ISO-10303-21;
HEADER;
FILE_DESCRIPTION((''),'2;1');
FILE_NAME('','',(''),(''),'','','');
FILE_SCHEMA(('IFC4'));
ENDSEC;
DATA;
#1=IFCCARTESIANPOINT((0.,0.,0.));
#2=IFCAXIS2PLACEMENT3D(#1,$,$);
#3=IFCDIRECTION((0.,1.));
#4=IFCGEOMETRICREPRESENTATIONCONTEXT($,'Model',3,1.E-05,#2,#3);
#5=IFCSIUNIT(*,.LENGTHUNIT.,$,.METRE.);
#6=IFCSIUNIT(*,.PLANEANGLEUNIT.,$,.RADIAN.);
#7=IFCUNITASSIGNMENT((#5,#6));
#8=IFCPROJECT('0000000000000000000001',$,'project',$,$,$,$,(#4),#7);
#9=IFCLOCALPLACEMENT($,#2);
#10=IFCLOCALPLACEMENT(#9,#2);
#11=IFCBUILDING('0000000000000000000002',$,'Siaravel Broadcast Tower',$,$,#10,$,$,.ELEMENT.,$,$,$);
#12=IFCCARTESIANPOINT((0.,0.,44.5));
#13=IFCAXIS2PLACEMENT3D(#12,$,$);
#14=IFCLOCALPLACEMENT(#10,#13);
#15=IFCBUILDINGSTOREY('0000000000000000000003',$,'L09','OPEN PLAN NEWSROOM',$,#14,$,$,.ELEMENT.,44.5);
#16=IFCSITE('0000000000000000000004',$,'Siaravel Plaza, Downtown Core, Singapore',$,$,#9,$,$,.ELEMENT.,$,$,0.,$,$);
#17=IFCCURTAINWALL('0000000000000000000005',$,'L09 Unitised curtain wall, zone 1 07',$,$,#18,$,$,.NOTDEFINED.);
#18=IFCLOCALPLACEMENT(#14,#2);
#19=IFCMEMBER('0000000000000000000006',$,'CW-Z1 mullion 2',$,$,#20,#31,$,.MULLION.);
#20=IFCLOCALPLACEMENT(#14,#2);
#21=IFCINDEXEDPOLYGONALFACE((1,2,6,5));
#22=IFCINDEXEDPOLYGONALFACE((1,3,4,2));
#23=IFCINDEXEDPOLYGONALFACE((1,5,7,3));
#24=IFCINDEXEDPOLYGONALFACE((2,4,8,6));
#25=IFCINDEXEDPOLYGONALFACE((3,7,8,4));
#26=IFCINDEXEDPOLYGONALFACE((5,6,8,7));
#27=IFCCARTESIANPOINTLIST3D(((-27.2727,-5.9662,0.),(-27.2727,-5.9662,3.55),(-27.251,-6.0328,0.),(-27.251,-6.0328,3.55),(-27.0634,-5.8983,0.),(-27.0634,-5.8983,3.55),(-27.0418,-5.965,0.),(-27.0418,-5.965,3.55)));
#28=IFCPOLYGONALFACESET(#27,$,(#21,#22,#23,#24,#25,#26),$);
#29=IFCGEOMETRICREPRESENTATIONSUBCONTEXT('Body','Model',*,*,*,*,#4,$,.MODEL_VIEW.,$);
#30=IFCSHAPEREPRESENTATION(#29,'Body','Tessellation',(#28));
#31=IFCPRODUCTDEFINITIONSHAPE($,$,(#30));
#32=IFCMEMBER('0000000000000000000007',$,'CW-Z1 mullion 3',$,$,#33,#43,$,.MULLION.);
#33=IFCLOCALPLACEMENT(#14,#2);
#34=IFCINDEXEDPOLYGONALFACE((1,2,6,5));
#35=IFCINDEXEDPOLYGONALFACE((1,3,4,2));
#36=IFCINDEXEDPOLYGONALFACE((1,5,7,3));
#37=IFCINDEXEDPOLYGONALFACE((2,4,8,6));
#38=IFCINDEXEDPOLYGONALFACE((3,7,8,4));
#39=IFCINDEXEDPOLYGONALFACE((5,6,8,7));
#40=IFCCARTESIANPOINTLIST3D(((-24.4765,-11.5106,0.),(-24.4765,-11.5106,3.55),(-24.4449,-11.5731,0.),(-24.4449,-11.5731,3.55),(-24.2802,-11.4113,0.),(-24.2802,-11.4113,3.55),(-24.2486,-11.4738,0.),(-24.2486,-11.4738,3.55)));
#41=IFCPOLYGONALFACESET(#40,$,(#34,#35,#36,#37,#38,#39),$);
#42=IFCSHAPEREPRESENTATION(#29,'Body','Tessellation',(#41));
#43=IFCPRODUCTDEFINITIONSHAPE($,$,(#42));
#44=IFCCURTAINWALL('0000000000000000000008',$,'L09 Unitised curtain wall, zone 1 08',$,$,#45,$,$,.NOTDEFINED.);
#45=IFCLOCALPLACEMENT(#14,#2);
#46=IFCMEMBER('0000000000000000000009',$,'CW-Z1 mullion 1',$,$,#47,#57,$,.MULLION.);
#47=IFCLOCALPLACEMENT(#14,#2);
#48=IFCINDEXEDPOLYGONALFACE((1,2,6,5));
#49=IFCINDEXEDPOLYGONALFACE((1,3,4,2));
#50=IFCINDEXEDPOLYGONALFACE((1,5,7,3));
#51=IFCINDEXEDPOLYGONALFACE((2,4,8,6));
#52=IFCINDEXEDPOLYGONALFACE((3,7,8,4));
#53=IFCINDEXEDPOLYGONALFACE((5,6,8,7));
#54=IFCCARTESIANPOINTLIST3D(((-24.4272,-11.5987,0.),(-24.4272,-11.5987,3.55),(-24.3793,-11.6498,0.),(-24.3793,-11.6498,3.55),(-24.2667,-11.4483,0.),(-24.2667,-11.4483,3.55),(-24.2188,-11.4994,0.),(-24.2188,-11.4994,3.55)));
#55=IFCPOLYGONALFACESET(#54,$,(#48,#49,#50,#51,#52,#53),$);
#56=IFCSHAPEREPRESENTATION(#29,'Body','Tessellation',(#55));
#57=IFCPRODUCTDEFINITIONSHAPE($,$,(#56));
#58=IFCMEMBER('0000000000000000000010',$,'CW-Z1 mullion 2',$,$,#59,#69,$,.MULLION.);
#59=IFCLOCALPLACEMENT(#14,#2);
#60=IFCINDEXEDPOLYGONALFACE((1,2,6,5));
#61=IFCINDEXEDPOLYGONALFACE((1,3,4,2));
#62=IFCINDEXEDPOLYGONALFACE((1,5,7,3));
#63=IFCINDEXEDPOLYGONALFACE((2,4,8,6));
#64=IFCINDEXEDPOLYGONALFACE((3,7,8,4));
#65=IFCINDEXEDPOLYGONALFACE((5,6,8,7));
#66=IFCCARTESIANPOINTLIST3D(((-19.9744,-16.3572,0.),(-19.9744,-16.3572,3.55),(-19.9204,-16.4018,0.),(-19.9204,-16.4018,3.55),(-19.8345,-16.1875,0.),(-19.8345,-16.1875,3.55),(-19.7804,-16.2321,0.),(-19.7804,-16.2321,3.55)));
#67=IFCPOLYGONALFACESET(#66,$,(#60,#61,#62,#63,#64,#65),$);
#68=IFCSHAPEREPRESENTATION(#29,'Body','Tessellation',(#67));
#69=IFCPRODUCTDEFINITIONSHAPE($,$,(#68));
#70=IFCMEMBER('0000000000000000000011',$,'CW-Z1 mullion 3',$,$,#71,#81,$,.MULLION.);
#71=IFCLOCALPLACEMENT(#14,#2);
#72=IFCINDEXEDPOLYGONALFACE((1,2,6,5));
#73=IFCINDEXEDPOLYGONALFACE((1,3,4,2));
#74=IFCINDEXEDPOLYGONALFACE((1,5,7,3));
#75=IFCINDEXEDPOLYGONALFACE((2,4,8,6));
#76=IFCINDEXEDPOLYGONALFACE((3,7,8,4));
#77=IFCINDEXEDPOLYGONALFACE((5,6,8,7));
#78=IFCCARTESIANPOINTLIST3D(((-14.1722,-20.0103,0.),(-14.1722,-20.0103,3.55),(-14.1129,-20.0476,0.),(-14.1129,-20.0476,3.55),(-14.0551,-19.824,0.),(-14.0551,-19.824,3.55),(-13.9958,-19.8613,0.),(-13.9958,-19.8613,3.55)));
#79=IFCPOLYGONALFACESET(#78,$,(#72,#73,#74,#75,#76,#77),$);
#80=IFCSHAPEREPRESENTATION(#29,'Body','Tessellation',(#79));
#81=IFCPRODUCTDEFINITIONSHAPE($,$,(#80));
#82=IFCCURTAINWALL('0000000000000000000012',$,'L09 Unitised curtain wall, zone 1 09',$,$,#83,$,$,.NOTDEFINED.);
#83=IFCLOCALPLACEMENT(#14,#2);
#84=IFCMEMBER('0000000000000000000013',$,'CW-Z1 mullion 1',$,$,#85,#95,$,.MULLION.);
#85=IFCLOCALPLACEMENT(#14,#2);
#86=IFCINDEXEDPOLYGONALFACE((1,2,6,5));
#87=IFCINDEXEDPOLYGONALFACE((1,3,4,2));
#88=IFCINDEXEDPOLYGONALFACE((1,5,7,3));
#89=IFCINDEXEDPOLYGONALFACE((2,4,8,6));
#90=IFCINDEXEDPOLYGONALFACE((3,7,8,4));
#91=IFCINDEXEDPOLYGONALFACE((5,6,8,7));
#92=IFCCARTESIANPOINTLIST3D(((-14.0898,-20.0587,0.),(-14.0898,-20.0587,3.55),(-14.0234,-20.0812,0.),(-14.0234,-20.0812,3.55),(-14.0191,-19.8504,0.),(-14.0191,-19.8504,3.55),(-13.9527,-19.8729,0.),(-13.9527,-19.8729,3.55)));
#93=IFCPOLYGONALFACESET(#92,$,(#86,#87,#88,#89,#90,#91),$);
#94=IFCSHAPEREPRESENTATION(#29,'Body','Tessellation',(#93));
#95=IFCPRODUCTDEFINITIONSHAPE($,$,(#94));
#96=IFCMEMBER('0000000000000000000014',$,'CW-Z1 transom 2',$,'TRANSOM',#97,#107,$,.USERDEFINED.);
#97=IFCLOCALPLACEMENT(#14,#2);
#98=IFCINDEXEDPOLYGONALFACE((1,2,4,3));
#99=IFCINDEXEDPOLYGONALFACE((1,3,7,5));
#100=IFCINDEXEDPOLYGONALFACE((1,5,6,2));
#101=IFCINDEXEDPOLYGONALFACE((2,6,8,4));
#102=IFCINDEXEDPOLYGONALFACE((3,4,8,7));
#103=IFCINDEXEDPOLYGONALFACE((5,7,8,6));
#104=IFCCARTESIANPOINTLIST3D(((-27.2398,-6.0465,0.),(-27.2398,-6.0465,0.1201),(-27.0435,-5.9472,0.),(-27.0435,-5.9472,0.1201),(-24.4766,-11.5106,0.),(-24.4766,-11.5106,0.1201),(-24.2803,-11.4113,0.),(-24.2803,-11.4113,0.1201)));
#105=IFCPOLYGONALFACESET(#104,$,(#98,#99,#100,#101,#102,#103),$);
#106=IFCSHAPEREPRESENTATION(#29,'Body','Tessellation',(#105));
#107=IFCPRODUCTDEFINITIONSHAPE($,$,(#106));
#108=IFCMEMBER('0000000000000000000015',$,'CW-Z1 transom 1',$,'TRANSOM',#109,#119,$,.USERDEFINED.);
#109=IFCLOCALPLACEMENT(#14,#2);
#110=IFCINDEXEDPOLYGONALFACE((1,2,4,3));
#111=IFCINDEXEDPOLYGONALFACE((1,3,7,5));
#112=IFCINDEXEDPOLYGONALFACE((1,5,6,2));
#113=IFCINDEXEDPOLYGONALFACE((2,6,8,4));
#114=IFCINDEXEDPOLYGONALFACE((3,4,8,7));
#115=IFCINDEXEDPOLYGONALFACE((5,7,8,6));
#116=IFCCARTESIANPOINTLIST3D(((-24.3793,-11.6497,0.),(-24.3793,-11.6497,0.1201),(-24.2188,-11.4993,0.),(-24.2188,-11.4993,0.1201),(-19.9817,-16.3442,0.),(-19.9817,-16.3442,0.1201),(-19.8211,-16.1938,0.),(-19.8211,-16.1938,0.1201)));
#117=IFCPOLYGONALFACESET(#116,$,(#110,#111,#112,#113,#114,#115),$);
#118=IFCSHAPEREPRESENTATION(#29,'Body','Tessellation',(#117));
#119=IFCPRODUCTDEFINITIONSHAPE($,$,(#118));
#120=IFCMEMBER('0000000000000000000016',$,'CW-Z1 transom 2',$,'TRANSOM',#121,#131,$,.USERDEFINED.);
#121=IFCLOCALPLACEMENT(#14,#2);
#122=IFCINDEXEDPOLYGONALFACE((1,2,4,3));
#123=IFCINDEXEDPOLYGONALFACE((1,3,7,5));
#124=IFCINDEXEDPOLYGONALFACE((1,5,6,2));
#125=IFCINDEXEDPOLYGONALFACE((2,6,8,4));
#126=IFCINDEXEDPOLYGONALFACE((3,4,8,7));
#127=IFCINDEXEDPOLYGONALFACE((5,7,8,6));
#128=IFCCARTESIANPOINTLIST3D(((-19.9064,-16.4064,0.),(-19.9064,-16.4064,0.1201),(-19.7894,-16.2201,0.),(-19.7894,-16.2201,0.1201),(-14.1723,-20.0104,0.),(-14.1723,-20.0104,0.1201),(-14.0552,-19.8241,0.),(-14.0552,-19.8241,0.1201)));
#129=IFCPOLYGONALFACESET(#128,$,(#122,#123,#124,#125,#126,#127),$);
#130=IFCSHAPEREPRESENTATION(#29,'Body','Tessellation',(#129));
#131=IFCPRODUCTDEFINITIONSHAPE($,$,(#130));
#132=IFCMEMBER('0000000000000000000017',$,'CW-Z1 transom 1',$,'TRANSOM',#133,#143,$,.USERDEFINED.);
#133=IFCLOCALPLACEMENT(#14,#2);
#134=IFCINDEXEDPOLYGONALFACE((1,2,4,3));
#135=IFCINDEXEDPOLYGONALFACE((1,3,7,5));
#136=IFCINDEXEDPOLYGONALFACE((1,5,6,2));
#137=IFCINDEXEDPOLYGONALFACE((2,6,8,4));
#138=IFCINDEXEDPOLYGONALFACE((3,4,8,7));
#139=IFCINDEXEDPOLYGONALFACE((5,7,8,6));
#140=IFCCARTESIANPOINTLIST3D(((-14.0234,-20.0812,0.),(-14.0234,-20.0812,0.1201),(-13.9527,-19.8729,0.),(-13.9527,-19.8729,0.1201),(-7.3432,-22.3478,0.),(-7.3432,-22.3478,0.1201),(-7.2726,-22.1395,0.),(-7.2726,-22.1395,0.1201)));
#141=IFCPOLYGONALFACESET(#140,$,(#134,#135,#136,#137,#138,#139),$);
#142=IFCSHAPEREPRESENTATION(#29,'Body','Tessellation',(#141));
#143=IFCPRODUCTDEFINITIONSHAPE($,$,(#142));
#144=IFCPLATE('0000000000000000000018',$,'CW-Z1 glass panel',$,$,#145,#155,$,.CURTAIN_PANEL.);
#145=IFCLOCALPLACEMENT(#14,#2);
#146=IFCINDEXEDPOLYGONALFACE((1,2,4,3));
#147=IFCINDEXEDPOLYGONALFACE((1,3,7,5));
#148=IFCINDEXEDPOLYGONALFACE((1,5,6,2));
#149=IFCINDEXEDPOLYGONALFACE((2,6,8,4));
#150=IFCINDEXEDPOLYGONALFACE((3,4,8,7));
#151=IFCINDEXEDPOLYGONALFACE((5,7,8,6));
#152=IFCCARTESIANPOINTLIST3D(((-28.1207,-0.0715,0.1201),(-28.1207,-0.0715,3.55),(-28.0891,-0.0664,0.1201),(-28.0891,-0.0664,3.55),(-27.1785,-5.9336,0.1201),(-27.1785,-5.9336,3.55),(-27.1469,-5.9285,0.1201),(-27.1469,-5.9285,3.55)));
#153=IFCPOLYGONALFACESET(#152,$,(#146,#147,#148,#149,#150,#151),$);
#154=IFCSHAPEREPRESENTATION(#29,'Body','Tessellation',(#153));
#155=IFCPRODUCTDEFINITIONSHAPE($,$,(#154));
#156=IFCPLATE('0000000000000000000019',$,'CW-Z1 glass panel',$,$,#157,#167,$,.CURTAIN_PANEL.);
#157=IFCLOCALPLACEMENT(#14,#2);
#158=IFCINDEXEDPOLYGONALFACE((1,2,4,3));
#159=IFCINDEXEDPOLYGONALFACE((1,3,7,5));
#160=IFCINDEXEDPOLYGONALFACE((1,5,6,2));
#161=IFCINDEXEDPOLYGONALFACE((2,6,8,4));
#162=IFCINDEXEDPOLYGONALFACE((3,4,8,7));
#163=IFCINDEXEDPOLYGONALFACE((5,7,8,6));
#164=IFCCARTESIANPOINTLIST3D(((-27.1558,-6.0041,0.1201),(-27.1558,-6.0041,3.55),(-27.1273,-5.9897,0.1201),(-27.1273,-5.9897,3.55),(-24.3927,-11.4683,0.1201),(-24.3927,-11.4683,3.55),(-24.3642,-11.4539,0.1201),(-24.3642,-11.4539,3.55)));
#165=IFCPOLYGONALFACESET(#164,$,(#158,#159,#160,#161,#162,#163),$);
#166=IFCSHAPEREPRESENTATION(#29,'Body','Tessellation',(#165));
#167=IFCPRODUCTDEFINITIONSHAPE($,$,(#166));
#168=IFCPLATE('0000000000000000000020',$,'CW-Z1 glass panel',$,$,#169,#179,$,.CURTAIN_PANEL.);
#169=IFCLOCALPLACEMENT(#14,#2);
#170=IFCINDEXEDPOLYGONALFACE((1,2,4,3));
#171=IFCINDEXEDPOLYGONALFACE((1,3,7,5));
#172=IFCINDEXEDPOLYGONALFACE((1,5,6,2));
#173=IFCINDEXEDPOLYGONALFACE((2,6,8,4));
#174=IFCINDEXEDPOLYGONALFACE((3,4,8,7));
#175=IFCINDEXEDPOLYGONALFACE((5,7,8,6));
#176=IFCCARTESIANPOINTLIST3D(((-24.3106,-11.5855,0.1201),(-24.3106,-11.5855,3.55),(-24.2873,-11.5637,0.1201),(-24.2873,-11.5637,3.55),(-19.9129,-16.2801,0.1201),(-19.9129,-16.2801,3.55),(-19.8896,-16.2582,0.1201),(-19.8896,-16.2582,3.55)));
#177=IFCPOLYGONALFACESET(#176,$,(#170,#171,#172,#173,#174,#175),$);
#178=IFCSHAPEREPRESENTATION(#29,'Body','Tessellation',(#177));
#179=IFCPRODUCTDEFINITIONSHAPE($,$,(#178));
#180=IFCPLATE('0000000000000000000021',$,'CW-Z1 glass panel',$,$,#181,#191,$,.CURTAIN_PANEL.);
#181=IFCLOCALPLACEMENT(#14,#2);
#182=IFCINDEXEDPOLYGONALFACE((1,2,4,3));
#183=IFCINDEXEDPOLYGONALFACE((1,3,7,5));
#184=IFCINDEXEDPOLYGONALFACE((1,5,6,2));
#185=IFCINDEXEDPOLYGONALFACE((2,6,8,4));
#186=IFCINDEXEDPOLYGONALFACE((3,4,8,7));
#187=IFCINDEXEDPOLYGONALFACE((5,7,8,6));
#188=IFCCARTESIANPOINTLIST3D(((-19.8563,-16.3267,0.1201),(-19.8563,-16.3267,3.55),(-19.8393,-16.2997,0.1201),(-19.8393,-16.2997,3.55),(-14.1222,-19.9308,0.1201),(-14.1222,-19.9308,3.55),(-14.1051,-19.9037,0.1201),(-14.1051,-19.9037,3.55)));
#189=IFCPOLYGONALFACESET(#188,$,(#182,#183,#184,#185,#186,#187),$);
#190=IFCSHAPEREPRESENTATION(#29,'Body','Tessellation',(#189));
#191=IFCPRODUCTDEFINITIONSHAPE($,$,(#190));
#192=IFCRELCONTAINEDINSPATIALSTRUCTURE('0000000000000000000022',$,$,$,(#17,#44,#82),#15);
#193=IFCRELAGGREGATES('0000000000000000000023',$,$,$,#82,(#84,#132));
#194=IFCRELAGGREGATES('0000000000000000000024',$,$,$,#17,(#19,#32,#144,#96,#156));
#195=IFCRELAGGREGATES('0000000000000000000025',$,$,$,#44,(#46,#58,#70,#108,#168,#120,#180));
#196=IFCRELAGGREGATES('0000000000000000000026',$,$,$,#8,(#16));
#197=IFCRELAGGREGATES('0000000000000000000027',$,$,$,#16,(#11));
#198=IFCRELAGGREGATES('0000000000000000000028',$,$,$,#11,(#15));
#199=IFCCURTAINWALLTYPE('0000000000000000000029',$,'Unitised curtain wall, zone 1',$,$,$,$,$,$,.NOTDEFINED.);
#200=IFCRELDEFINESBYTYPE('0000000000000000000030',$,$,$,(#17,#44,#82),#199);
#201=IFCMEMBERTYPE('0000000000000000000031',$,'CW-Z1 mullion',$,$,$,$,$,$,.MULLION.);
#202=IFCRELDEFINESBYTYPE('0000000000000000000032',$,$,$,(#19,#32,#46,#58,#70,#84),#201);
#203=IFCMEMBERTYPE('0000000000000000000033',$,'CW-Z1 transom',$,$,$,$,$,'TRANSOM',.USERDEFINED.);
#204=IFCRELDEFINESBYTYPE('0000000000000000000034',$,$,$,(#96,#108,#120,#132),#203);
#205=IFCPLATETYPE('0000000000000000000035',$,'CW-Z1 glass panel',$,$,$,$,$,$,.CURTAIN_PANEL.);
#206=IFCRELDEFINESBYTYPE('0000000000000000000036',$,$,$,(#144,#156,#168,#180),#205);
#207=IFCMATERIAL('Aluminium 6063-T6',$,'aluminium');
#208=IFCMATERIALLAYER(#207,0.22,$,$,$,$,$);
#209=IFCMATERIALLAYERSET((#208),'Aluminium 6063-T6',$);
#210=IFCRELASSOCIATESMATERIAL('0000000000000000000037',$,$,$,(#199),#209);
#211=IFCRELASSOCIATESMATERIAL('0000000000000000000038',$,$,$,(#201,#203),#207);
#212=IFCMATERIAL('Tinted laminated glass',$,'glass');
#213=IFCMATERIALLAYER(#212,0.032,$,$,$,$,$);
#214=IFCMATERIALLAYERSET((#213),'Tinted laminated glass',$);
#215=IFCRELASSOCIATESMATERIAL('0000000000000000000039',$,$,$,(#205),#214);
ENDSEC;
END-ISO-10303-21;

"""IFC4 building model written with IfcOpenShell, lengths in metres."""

from ifc_helpers import new_model, si_unit, direction, frame, origin, origin_2d, place, context, subcontext, project, spatial, rectangle, extrude, material, layer, layer_set, material_profile, profile_set, type_object, element, aggregate, save


model = new_model("IFC4")

# Units and contexts
model_context = context("Model", 3, precision=1e-05, world=origin(), true_north=direction((0.0, 1.0)))
body_context = subcontext(model_context, "Body", "Model", "MODEL_VIEW")
ifc_project = project(units=[si_unit("LENGTHUNIT", "METRE"), si_unit("PLANEANGLEUNIT", "RADIAN")], contexts=[model_context])

# Site, building, storey
site_placement = place(None, origin())
site = spatial("IfcSite", under=ifc_project, at=site_placement, Name="Siaravel Plaza, Downtown Core, Singapore", CompositionType="ELEMENT", RefElevation=0.0)
building_placement = place(site_placement, origin())
building = spatial("IfcBuilding", under=site, at=building_placement, Name="Siaravel Broadcast Tower", CompositionType="ELEMENT")
storey_placement = place(building_placement, frame((0.0, 0.0, 44.5)))
storey = spatial("IfcBuildingStorey", under=building, at=storey_placement, Name="L09", Description="OPEN PLAN NEWSROOM", CompositionType="ELEMENT", Elevation=44.5)

# Curtain walls, members
ifc_material_1 = material(Name="Aluminium 6063-T6", Category="aluminium")
ifc_layer_1 = layer(ifc_material_1, 0.22)
ifc_layer_set_1 = layer_set([ifc_layer_1], Name="Aluminium 6063-T6")
curtain_wall_type = type_object("IfcCurtainWallType", Name="Unitised curtain wall, zone 1", PredefinedType="NOTDEFINED", material=ifc_layer_set_1)
curtain_wall_1_placement = place(storey_placement, origin())
curtain_wall_1 = element("IfcCurtainWall", 1, at=curtain_wall_1_placement, inside=storey, type_object=curtain_wall_type, Name="L09 Unitised curtain wall, zone 1 07", PredefinedType="NOTDEFINED")
ifc_material_profile_1 = material_profile(ifc_material_1, rectangle(XDim=0.22, YDim=0.0701, at=origin_2d()))
ifc_profile_set_1 = profile_set([ifc_material_profile_1], Name="Aluminium 6063-T6")
member_type_1 = type_object("IfcMemberType", Name="CW-Z1 mullion", PredefinedType="MULLION", material=ifc_profile_set_1)
member_1_placement = place(storey_placement, frame((-27.1572, -5.9656, 0.0), z_axis=(0.0, 0.0, 1.0), x_axis=(0.951177, 0.308646, 0.0)))
member_1 = element("IfcMember", 2, at=member_1_placement, type_object=member_type_1, Name="CW-Z1 mullion 2", PredefinedType="MULLION", context=body_context, shape_type="SweptSolid", body=[
    extrude(rectangle(XDim=0.22, YDim=0.0701, at=origin_2d()), origin(), (0.0, 0.0, 1.0), 3.55),
])
member_2_placement = place(storey_placement, frame((-24.3625, -11.4922, 0.0), z_axis=(0.0, 0.0, 1.0), x_axis=(0.892392, 0.451261, 0.0)))
member_2 = element("IfcMember", 3, at=member_2_placement, type_object=member_type_1, Name="CW-Z1 mullion 3", PredefinedType="MULLION", context=body_context, shape_type="SweptSolid", body=[
    extrude(rectangle(XDim=0.22, YDim=0.0701, at=origin_2d()), origin(), (0.0, 0.0, 1.0), 3.55),
])
curtain_wall_2_placement = place(storey_placement, origin())
curtain_wall_2 = element("IfcCurtainWall", 4, at=curtain_wall_2_placement, inside=storey, type_object=curtain_wall_type, Name="L09 Unitised curtain wall, zone 1 08", PredefinedType="NOTDEFINED")
member_3_placement = place(storey_placement, frame((-24.323, -11.5491, 0.0), z_axis=(0.0, 0.0, 1.0), x_axis=(0.729805, 0.683655, 0.0)))
member_3 = element("IfcMember", 5, at=member_3_placement, type_object=member_type_1, Name="CW-Z1 mullion 1", PredefinedType="MULLION", context=body_context, shape_type="SweptSolid", body=[
    extrude(rectangle(XDim=0.22, YDim=0.0701, at=origin_2d()), origin(), (0.0, 0.0, 1.0), 3.55),
])
member_4_placement = place(storey_placement, frame((-19.8774, -16.2947, 0.0), z_axis=(0.0, 0.0, 1.0), x_axis=(0.636218, 0.771509, 0.0)))
member_4 = element("IfcMember", 6, at=member_4_placement, type_object=member_type_1, Name="CW-Z1 mullion 2", PredefinedType="MULLION", context=body_context, shape_type="SweptSolid", body=[
    extrude(rectangle(XDim=0.22, YDim=0.0701, at=origin_2d()), origin(), (0.0, 0.0, 1.0), 3.55),
])
member_5_placement = place(storey_placement, frame((-14.084, -19.9358, 0.0), z_axis=(0.0, 0.0, 1.0), x_axis=(0.532149, 0.846651, 0.0)))
member_5 = element("IfcMember", 7, at=member_5_placement, type_object=member_type_1, Name="CW-Z1 mullion 3", PredefinedType="MULLION", context=body_context, shape_type="SweptSolid", body=[
    extrude(rectangle(XDim=0.22, YDim=0.0701, at=origin_2d()), origin(), (0.0, 0.0, 1.0), 3.55),
])

# Curtain wall, member
curtain_wall_3_placement = place(storey_placement, origin())
curtain_wall_3 = element("IfcCurtainWall", 8, at=curtain_wall_3_placement, inside=storey, type_object=curtain_wall_type, Name="L09 Unitised curtain wall, zone 1 09", PredefinedType="NOTDEFINED")
member_6_placement = place(storey_placement, frame((-14.0212, -19.9658, 0.0), z_axis=(0.0, 0.0, 1.0), x_axis=(0.321301, 0.946977, 0.0)))
member_6 = element("IfcMember", 9, at=member_6_placement, type_object=member_type_1, Name="CW-Z1 mullion 1", PredefinedType="MULLION", context=body_context, shape_type="SweptSolid", body=[
    extrude(rectangle(XDim=0.22, YDim=0.0701, at=origin_2d()), origin(), (0.0, 0.0, 1.0), 3.55),
])

# Members
ifc_material_profile_2 = material_profile(ifc_material_1, rectangle(XDim=0.22, YDim=0.1201, at=origin_2d()))
ifc_profile_set_2 = profile_set([ifc_material_profile_2], Name="Aluminium 6063-T6")
member_type_2 = type_object("IfcMemberType", Name="CW-Z1 transom", ElementType="TRANSOM", PredefinedType="USERDEFINED", material=ifc_profile_set_2)
member_7_placement = place(storey_placement, frame((-27.1416, -5.9968, 0.0601), z_axis=(0.451276, -0.892384, 0.0), x_axis=(0.892384, 0.451276, 0.0)))
member_7 = element("IfcMember", 10, at=member_7_placement, type_object=member_type_2, Name="CW-Z1 transom 2", ObjectType="TRANSOM", PredefinedType="USERDEFINED", context=body_context, shape_type="SweptSolid", body=[
    extrude(rectangle(XDim=0.22, YDim=0.1201, at=origin_2d()), origin(), (0.0, 0.0, 1.0), 6.123),
])
member_8_placement = place(storey_placement, frame((-24.2991, -11.5745, 0.0601), z_axis=(0.683654, -0.729806, 0.0), x_axis=(0.729806, 0.683654, 0.0)))
member_8 = element("IfcMember", 11, at=member_8_placement, type_object=member_type_2, Name="CW-Z1 transom 1", ObjectType="TRANSOM", PredefinedType="USERDEFINED", context=body_context, shape_type="SweptSolid", body=[
    extrude(rectangle(XDim=0.22, YDim=0.1201, at=origin_2d()), origin(), (0.0, 0.0, 1.0), 6.4326),
])
member_9_placement = place(storey_placement, frame((-19.8479, -16.3132, 0.0601), z_axis=(0.846657, -0.532139, 0.0), x_axis=(0.532139, 0.846657, 0.0)))
member_9 = element("IfcMember", 12, at=member_9_placement, type_object=member_type_2, Name="CW-Z1 transom 2", ObjectType="TRANSOM", PredefinedType="USERDEFINED", context=body_context, shape_type="SweptSolid", body=[
    extrude(rectangle(XDim=0.22, YDim=0.1201, at=origin_2d()), origin(), (0.0, 0.0, 1.0), 6.7727),
])
member_10_placement = place(storey_placement, frame((-13.988, -19.9771, 0.0601), z_axis=(0.946974, -0.321311, 0.0), x_axis=(0.321311, 0.946974, 0.0)))
member_10 = element("IfcMember", 13, at=member_10_placement, type_object=member_type_2, Name="CW-Z1 transom 1", ObjectType="TRANSOM", PredefinedType="USERDEFINED", context=body_context, shape_type="SweptSolid", body=[
    extrude(rectangle(XDim=0.22, YDim=0.1201, at=origin_2d()), origin(), (0.0, 0.0, 1.0), 7.0542),
])
aggregate(curtain_wall_3, [member_6, member_10])

# Plates
ifc_material_2 = material(Name="Tinted laminated glass", Category="glass")
ifc_layer_2 = layer(ifc_material_2, 0.032)
ifc_layer_set_2 = layer_set([ifc_layer_2], Name="Tinted laminated glass")
plate_type = type_object("IfcPlateType", Name="CW-Z1 glass panel", PredefinedType="CURTAIN_PANEL", material=ifc_layer_set_2)
plate_1_placement = place(storey_placement, frame((-27.6338, -3.0, 0.1201), z_axis=(0.0, 0.0, 1.0), x_axis=(0.158686, -0.987329, 0.0)))
plate_1 = element("IfcPlate", 14, at=plate_1_placement, type_object=plate_type, Name="CW-Z1 glass panel", PredefinedType="CURTAIN_PANEL", context=body_context, shape_type="SweptSolid", body=[
    extrude(rectangle(XDim=5.9373, YDim=0.032, at=origin_2d()), origin(), (0.0, 0.0, 1.0), 3.4299),
])
plate_2_placement = place(storey_placement, frame((-25.76, -8.729, 0.1201), z_axis=(0.0, 0.0, 1.0), x_axis=(0.451261, -0.892392, 0.0)))
plate_2 = element("IfcPlate", 15, at=plate_2_placement, type_object=plate_type, Name="CW-Z1 glass panel", PredefinedType="CURTAIN_PANEL", context=body_context, shape_type="SweptSolid", body=[
    extrude(rectangle(XDim=6.123, YDim=0.032, at=origin_2d()), origin(), (0.0, 0.0, 1.0), 3.4299),
])
aggregate(curtain_wall_1, [member_1, member_2, plate_1, member_7, plate_2])
plate_3_placement = place(storey_placement, frame((-22.1001, -13.9219, 0.1201), z_axis=(0.0, 0.0, 1.0), x_axis=(0.683655, -0.729805, 0.0)))
plate_3 = element("IfcPlate", 16, at=plate_3_placement, type_object=plate_type, Name="CW-Z1 glass panel", PredefinedType="CURTAIN_PANEL", context=body_context, shape_type="SweptSolid", body=[
    extrude(rectangle(XDim=6.4326, YDim=0.032, at=origin_2d()), origin(), (0.0, 0.0, 1.0), 3.4299),
])
plate_4_placement = place(storey_placement, frame((-16.9807, -18.1152, 0.1201), z_axis=(0.0, 0.0, 1.0), x_axis=(0.846651, -0.532149, 0.0)))
plate_4 = element("IfcPlate", 17, at=plate_4_placement, type_object=plate_type, Name="CW-Z1 glass panel", PredefinedType="CURTAIN_PANEL", context=body_context, shape_type="SweptSolid", body=[
    extrude(rectangle(XDim=6.7727, YDim=0.032, at=origin_2d()), origin(), (0.0, 0.0, 1.0), 3.4299),
])
aggregate(curtain_wall_2, [member_3, member_4, member_5, member_8, plate_3, member_9, plate_4])

save(model, "model.ifc")
